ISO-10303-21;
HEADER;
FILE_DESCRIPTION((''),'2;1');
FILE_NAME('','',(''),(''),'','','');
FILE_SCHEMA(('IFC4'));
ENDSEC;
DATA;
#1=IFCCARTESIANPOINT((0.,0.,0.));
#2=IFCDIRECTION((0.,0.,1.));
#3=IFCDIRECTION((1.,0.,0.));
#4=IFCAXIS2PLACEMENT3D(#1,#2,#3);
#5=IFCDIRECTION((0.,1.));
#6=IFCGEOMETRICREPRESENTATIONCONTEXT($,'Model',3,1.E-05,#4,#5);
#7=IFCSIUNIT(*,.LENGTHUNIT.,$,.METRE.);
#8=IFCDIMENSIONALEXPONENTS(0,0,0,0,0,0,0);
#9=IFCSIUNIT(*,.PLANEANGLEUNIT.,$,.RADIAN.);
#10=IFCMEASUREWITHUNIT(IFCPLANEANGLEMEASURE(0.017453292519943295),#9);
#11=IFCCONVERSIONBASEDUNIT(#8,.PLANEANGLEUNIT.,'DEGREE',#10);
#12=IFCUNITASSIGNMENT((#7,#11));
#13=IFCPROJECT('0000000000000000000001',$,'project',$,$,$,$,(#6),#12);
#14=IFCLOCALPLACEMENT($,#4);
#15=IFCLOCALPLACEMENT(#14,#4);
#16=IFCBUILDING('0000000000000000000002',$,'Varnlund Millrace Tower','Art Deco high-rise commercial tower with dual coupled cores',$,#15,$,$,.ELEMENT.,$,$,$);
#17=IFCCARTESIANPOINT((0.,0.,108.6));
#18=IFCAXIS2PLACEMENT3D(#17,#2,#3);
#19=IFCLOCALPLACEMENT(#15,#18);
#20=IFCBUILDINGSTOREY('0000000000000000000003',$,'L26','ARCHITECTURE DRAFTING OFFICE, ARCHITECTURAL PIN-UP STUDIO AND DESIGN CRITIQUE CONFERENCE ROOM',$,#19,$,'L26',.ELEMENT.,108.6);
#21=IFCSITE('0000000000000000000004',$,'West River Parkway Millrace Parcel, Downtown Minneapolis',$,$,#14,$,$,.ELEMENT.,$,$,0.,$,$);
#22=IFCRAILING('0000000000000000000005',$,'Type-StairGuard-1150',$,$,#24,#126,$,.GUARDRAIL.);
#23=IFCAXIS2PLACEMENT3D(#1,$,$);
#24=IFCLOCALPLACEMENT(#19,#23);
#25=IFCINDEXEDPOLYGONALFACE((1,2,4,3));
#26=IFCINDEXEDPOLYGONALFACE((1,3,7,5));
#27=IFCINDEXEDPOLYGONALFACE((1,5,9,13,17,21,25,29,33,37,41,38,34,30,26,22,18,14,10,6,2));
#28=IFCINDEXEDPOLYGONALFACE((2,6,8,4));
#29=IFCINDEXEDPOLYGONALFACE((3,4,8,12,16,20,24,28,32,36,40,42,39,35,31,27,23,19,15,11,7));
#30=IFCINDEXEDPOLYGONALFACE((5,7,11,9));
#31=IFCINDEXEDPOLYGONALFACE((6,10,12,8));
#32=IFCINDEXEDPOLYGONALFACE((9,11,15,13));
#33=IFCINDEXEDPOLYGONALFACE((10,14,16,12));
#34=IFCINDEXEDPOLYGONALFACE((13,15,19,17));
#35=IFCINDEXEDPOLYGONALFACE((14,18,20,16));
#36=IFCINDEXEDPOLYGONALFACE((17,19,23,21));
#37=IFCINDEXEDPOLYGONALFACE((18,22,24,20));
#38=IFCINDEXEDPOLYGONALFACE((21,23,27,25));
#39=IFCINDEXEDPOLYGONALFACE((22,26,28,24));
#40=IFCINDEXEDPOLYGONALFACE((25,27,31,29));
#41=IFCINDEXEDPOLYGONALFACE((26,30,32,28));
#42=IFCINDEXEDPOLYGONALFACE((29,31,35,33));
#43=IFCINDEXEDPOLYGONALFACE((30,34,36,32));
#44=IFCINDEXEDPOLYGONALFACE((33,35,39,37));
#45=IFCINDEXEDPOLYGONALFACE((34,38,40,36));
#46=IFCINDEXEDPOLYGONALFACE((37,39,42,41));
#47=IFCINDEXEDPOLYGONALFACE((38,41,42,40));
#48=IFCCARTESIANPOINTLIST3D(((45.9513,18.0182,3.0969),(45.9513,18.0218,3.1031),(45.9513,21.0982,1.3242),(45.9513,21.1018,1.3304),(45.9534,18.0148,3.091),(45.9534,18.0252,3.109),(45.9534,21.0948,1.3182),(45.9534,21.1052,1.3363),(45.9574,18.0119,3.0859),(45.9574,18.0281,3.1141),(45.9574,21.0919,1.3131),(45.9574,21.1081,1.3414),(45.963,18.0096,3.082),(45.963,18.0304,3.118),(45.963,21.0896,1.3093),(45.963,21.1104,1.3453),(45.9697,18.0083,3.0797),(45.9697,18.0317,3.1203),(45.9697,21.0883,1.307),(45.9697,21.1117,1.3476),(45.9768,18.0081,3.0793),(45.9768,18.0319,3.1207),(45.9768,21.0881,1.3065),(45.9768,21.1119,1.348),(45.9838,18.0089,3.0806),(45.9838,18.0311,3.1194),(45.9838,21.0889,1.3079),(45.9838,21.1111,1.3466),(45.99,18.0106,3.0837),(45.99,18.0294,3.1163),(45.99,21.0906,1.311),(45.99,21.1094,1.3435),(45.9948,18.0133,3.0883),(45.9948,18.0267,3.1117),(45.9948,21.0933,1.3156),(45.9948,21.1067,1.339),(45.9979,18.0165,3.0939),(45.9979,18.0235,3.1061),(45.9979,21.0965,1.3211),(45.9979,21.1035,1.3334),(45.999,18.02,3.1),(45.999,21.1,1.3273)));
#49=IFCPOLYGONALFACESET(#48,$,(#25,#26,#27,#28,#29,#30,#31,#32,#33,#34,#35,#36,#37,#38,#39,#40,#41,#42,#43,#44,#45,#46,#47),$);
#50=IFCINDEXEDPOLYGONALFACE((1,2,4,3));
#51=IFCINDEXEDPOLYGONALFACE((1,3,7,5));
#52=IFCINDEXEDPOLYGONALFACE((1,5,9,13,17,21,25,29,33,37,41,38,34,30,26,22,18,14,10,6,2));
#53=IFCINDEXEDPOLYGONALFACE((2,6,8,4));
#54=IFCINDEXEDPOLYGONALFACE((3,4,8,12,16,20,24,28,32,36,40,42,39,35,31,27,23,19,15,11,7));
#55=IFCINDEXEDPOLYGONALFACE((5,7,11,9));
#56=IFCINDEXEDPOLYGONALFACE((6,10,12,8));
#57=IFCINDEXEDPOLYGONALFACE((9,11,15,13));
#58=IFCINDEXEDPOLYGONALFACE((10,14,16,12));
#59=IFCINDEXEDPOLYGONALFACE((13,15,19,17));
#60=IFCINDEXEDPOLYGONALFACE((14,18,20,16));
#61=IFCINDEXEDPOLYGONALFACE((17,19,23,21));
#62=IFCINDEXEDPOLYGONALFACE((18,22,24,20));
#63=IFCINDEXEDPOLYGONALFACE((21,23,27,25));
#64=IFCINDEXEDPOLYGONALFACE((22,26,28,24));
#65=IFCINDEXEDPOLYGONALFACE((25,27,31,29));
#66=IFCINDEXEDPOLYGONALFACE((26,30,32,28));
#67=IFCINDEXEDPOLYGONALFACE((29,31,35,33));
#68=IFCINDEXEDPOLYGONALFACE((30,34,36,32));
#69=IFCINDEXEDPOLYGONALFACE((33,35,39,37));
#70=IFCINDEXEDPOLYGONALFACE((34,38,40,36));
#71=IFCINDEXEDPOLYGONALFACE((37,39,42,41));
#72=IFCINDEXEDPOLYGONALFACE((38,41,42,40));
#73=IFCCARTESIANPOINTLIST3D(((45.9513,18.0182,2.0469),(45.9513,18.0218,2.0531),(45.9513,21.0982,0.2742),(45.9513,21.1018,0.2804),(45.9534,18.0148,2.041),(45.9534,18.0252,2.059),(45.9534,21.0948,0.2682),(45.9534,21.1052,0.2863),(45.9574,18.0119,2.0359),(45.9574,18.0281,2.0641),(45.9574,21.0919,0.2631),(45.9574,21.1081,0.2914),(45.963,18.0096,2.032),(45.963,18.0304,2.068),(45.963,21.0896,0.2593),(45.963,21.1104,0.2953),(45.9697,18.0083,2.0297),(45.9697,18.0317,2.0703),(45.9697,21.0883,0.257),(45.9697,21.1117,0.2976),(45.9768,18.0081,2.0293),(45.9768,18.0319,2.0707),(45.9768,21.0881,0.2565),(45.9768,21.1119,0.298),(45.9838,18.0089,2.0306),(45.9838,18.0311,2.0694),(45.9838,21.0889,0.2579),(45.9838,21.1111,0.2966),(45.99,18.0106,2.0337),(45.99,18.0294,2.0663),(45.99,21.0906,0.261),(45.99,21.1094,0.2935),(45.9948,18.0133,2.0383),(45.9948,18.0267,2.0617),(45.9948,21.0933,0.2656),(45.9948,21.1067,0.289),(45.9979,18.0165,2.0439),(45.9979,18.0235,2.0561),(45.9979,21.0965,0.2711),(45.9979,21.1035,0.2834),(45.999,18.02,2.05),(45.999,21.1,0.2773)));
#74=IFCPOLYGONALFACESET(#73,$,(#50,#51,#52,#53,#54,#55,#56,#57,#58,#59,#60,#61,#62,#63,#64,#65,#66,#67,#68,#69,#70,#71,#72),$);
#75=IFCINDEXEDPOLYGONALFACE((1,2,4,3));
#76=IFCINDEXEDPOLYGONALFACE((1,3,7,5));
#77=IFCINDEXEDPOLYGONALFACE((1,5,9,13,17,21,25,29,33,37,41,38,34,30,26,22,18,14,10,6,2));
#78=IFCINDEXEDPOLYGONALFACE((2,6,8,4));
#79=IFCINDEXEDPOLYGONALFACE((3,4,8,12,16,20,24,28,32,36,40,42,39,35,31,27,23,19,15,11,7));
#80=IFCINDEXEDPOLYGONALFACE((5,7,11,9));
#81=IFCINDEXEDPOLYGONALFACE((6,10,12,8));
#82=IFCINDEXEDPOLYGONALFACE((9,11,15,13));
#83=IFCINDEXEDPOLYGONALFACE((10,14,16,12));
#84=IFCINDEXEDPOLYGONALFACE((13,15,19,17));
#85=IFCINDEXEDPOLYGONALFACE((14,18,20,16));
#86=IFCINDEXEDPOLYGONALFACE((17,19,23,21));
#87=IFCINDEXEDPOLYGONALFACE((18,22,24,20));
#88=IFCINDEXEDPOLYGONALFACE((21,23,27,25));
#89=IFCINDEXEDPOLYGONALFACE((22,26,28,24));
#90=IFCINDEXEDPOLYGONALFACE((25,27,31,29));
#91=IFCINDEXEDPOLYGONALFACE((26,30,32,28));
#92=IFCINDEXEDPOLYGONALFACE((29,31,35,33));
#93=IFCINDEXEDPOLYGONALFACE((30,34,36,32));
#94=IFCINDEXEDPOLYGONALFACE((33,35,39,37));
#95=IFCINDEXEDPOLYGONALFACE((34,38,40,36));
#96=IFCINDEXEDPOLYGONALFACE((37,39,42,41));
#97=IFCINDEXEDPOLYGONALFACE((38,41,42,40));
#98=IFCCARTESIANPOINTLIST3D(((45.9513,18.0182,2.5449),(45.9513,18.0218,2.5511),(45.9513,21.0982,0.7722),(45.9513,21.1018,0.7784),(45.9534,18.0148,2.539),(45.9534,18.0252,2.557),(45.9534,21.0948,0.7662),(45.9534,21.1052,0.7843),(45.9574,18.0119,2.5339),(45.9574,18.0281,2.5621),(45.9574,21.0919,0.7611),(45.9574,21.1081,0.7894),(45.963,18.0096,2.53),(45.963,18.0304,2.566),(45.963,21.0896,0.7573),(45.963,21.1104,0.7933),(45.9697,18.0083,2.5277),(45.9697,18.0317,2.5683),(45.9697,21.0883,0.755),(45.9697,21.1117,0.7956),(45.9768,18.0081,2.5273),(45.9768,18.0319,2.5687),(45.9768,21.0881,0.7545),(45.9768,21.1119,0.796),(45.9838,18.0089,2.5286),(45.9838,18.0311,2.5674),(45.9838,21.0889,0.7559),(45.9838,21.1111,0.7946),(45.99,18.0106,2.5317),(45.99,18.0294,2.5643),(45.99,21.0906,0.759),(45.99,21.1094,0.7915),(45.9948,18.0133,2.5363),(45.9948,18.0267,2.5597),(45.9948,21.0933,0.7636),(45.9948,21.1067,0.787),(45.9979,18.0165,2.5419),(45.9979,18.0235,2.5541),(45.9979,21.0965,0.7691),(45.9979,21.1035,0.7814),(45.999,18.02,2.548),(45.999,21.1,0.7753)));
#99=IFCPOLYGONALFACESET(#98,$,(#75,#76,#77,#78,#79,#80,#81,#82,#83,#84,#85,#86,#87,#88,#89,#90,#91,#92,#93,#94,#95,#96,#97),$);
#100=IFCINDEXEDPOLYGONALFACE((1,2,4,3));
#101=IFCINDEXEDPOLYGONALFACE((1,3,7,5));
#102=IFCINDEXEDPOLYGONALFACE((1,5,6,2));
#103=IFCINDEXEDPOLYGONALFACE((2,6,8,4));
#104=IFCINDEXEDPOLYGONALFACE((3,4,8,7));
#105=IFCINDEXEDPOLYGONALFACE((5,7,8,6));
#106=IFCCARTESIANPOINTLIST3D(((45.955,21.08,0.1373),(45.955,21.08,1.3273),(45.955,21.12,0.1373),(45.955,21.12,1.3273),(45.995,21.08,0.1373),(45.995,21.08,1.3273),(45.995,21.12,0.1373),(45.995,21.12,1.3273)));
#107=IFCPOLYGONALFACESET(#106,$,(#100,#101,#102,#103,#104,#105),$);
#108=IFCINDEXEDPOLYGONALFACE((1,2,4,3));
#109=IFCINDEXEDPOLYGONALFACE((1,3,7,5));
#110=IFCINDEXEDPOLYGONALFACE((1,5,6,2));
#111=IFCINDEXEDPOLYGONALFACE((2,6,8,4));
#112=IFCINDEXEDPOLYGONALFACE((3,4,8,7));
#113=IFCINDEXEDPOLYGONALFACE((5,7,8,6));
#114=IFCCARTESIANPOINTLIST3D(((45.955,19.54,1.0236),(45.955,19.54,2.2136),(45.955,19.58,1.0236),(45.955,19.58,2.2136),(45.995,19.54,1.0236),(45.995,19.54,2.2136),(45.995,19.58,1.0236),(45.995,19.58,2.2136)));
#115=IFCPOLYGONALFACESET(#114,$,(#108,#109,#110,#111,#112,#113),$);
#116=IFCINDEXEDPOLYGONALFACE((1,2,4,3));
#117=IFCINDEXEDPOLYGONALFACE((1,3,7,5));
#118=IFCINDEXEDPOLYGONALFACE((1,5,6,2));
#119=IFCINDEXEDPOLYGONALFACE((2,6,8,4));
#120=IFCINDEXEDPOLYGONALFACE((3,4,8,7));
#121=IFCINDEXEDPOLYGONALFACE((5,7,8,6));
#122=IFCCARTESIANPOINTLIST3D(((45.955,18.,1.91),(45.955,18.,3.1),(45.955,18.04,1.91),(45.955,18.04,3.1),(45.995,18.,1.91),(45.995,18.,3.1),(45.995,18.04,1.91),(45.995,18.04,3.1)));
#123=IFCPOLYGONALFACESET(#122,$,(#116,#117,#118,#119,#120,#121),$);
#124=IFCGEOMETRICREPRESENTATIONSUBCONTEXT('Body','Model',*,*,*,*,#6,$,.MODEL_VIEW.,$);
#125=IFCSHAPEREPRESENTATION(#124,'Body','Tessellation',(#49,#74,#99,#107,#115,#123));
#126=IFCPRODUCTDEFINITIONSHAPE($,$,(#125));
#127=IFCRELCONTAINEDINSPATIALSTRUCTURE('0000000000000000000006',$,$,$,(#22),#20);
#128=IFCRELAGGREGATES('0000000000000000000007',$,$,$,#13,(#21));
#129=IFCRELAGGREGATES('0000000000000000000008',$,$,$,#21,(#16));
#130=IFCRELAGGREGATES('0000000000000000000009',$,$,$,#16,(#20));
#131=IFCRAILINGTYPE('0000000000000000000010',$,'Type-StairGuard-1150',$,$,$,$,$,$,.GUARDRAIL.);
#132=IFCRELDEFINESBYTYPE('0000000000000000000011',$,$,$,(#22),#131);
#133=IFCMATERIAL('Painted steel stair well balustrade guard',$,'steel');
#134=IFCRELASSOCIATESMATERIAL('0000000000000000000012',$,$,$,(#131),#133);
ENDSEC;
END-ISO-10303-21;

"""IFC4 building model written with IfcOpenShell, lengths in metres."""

from ifc_helpers import new_model, entity, si_unit, converted_unit, direction, frame, origin_with_axes, origin_2d_with_axis, place, context, subcontext, project, spatial, rectangle, circle, extrude, material, type_object, element, save


model = new_model("IFC4")

# Units and contexts
model_context = context("Model", 3, precision=1e-05, world=origin_with_axes(), true_north=direction((0.0, 1.0)))
body_context = subcontext(model_context, "Body", "Model", "MODEL_VIEW")
ifc_project = project(units=[si_unit("LENGTHUNIT", "METRE"), converted_unit("PLANEANGLEUNIT", "DEGREE", entity("IfcPlaneAngleMeasure", 0.017453292519943295), si_unit("PLANEANGLEUNIT", "RADIAN"), dimensions=[0, 0, 0, 0, 0, 0, 0])], contexts=[model_context])

# Site, building, storey
site_placement = place(None, origin_with_axes())
site = spatial("IfcSite", under=ifc_project, at=site_placement, Name="West River Parkway Millrace Parcel, Downtown Minneapolis", CompositionType="ELEMENT", RefElevation=0.0)
building_placement = place(site_placement, origin_with_axes())
building = spatial("IfcBuilding", under=site, at=building_placement, Name="Varnlund Millrace Tower", Description="Art Deco high-rise commercial tower with dual coupled cores", CompositionType="ELEMENT")
storey_placement = place(building_placement, frame((0.0, 0.0, 108.6), z_axis=(0.0, 0.0, 1.0), x_axis=(1.0, 0.0, 0.0)))
storey = spatial("IfcBuildingStorey", under=building, at=storey_placement, Name="L26", Description="ARCHITECTURE DRAFTING OFFICE, ARCHITECTURAL PIN-UP STUDIO AND DESIGN CRITIQUE CONFERENCE ROOM", LongName="L26", CompositionType="ELEMENT", Elevation=108.6)

# Railing
ifc_material_1 = material(Name="Painted steel stair well balustrade guard", Category="steel")
railing_type_1 = type_object("IfcRailingType", Name="Type-StairGuard-1150", PredefinedType="GUARDRAIL", material=ifc_material_1)
railing_1_placement = place(storey_placement, frame((0.0, 0.0, -108.6), z_axis=(0.0, 0.0, 1.0), x_axis=(1.0, 0.0, 0.0)))
element("IfcRailing", 1, at=railing_1_placement, inside=storey, type_object=railing_type_1, Name="Type-StairGuard-1150", PredefinedType="GUARDRAIL", context=body_context, shape_type="SweptSolid", body=[
    extrude(circle(Radius=0.024, at=origin_2d_with_axis()), frame((45.975, 21.1, 109.9273), z_axis=(0.0, -0.866696, 0.498836), x_axis=(1.0, 0.0, 0.0)), (0.0, 0.0, 1.0), 3.5537),
    extrude(circle(Radius=0.024, at=origin_2d_with_axis()), frame((45.975, 21.1, 108.8773), z_axis=(0.0, -0.866696, 0.498836), x_axis=(1.0, 0.0, 0.0)), (0.0, 0.0, 1.0), 3.5537),
    extrude(circle(Radius=0.024, at=origin_2d_with_axis()), frame((45.975, 21.1, 109.3753), z_axis=(0.0, -0.866696, 0.498836), x_axis=(1.0, 0.0, 0.0)), (0.0, 0.0, 1.0), 3.5537),
    extrude(rectangle(XDim=0.04, YDim=0.04, at=origin_2d_with_axis()), frame((45.975, 21.1, 108.7373), z_axis=(0.0, 0.0, 1.0), x_axis=(1.0, 0.0, 0.0)), (0.0, 0.0, 1.0), 1.19),
    extrude(rectangle(XDim=0.04, YDim=0.04, at=origin_2d_with_axis()), frame((45.975, 19.56, 109.6236), z_axis=(0.0, 0.0, 1.0), x_axis=(1.0, 0.0, 0.0)), (0.0, 0.0, 1.0), 1.19),
    extrude(rectangle(XDim=0.04, YDim=0.04, at=origin_2d_with_axis()), frame((45.975, 18.02, 110.51), z_axis=(0.0, 0.0, 1.0), x_axis=(1.0, 0.0, 0.0)), (0.0, 0.0, 1.0), 1.19),
])

save(model, "model.ifc")
